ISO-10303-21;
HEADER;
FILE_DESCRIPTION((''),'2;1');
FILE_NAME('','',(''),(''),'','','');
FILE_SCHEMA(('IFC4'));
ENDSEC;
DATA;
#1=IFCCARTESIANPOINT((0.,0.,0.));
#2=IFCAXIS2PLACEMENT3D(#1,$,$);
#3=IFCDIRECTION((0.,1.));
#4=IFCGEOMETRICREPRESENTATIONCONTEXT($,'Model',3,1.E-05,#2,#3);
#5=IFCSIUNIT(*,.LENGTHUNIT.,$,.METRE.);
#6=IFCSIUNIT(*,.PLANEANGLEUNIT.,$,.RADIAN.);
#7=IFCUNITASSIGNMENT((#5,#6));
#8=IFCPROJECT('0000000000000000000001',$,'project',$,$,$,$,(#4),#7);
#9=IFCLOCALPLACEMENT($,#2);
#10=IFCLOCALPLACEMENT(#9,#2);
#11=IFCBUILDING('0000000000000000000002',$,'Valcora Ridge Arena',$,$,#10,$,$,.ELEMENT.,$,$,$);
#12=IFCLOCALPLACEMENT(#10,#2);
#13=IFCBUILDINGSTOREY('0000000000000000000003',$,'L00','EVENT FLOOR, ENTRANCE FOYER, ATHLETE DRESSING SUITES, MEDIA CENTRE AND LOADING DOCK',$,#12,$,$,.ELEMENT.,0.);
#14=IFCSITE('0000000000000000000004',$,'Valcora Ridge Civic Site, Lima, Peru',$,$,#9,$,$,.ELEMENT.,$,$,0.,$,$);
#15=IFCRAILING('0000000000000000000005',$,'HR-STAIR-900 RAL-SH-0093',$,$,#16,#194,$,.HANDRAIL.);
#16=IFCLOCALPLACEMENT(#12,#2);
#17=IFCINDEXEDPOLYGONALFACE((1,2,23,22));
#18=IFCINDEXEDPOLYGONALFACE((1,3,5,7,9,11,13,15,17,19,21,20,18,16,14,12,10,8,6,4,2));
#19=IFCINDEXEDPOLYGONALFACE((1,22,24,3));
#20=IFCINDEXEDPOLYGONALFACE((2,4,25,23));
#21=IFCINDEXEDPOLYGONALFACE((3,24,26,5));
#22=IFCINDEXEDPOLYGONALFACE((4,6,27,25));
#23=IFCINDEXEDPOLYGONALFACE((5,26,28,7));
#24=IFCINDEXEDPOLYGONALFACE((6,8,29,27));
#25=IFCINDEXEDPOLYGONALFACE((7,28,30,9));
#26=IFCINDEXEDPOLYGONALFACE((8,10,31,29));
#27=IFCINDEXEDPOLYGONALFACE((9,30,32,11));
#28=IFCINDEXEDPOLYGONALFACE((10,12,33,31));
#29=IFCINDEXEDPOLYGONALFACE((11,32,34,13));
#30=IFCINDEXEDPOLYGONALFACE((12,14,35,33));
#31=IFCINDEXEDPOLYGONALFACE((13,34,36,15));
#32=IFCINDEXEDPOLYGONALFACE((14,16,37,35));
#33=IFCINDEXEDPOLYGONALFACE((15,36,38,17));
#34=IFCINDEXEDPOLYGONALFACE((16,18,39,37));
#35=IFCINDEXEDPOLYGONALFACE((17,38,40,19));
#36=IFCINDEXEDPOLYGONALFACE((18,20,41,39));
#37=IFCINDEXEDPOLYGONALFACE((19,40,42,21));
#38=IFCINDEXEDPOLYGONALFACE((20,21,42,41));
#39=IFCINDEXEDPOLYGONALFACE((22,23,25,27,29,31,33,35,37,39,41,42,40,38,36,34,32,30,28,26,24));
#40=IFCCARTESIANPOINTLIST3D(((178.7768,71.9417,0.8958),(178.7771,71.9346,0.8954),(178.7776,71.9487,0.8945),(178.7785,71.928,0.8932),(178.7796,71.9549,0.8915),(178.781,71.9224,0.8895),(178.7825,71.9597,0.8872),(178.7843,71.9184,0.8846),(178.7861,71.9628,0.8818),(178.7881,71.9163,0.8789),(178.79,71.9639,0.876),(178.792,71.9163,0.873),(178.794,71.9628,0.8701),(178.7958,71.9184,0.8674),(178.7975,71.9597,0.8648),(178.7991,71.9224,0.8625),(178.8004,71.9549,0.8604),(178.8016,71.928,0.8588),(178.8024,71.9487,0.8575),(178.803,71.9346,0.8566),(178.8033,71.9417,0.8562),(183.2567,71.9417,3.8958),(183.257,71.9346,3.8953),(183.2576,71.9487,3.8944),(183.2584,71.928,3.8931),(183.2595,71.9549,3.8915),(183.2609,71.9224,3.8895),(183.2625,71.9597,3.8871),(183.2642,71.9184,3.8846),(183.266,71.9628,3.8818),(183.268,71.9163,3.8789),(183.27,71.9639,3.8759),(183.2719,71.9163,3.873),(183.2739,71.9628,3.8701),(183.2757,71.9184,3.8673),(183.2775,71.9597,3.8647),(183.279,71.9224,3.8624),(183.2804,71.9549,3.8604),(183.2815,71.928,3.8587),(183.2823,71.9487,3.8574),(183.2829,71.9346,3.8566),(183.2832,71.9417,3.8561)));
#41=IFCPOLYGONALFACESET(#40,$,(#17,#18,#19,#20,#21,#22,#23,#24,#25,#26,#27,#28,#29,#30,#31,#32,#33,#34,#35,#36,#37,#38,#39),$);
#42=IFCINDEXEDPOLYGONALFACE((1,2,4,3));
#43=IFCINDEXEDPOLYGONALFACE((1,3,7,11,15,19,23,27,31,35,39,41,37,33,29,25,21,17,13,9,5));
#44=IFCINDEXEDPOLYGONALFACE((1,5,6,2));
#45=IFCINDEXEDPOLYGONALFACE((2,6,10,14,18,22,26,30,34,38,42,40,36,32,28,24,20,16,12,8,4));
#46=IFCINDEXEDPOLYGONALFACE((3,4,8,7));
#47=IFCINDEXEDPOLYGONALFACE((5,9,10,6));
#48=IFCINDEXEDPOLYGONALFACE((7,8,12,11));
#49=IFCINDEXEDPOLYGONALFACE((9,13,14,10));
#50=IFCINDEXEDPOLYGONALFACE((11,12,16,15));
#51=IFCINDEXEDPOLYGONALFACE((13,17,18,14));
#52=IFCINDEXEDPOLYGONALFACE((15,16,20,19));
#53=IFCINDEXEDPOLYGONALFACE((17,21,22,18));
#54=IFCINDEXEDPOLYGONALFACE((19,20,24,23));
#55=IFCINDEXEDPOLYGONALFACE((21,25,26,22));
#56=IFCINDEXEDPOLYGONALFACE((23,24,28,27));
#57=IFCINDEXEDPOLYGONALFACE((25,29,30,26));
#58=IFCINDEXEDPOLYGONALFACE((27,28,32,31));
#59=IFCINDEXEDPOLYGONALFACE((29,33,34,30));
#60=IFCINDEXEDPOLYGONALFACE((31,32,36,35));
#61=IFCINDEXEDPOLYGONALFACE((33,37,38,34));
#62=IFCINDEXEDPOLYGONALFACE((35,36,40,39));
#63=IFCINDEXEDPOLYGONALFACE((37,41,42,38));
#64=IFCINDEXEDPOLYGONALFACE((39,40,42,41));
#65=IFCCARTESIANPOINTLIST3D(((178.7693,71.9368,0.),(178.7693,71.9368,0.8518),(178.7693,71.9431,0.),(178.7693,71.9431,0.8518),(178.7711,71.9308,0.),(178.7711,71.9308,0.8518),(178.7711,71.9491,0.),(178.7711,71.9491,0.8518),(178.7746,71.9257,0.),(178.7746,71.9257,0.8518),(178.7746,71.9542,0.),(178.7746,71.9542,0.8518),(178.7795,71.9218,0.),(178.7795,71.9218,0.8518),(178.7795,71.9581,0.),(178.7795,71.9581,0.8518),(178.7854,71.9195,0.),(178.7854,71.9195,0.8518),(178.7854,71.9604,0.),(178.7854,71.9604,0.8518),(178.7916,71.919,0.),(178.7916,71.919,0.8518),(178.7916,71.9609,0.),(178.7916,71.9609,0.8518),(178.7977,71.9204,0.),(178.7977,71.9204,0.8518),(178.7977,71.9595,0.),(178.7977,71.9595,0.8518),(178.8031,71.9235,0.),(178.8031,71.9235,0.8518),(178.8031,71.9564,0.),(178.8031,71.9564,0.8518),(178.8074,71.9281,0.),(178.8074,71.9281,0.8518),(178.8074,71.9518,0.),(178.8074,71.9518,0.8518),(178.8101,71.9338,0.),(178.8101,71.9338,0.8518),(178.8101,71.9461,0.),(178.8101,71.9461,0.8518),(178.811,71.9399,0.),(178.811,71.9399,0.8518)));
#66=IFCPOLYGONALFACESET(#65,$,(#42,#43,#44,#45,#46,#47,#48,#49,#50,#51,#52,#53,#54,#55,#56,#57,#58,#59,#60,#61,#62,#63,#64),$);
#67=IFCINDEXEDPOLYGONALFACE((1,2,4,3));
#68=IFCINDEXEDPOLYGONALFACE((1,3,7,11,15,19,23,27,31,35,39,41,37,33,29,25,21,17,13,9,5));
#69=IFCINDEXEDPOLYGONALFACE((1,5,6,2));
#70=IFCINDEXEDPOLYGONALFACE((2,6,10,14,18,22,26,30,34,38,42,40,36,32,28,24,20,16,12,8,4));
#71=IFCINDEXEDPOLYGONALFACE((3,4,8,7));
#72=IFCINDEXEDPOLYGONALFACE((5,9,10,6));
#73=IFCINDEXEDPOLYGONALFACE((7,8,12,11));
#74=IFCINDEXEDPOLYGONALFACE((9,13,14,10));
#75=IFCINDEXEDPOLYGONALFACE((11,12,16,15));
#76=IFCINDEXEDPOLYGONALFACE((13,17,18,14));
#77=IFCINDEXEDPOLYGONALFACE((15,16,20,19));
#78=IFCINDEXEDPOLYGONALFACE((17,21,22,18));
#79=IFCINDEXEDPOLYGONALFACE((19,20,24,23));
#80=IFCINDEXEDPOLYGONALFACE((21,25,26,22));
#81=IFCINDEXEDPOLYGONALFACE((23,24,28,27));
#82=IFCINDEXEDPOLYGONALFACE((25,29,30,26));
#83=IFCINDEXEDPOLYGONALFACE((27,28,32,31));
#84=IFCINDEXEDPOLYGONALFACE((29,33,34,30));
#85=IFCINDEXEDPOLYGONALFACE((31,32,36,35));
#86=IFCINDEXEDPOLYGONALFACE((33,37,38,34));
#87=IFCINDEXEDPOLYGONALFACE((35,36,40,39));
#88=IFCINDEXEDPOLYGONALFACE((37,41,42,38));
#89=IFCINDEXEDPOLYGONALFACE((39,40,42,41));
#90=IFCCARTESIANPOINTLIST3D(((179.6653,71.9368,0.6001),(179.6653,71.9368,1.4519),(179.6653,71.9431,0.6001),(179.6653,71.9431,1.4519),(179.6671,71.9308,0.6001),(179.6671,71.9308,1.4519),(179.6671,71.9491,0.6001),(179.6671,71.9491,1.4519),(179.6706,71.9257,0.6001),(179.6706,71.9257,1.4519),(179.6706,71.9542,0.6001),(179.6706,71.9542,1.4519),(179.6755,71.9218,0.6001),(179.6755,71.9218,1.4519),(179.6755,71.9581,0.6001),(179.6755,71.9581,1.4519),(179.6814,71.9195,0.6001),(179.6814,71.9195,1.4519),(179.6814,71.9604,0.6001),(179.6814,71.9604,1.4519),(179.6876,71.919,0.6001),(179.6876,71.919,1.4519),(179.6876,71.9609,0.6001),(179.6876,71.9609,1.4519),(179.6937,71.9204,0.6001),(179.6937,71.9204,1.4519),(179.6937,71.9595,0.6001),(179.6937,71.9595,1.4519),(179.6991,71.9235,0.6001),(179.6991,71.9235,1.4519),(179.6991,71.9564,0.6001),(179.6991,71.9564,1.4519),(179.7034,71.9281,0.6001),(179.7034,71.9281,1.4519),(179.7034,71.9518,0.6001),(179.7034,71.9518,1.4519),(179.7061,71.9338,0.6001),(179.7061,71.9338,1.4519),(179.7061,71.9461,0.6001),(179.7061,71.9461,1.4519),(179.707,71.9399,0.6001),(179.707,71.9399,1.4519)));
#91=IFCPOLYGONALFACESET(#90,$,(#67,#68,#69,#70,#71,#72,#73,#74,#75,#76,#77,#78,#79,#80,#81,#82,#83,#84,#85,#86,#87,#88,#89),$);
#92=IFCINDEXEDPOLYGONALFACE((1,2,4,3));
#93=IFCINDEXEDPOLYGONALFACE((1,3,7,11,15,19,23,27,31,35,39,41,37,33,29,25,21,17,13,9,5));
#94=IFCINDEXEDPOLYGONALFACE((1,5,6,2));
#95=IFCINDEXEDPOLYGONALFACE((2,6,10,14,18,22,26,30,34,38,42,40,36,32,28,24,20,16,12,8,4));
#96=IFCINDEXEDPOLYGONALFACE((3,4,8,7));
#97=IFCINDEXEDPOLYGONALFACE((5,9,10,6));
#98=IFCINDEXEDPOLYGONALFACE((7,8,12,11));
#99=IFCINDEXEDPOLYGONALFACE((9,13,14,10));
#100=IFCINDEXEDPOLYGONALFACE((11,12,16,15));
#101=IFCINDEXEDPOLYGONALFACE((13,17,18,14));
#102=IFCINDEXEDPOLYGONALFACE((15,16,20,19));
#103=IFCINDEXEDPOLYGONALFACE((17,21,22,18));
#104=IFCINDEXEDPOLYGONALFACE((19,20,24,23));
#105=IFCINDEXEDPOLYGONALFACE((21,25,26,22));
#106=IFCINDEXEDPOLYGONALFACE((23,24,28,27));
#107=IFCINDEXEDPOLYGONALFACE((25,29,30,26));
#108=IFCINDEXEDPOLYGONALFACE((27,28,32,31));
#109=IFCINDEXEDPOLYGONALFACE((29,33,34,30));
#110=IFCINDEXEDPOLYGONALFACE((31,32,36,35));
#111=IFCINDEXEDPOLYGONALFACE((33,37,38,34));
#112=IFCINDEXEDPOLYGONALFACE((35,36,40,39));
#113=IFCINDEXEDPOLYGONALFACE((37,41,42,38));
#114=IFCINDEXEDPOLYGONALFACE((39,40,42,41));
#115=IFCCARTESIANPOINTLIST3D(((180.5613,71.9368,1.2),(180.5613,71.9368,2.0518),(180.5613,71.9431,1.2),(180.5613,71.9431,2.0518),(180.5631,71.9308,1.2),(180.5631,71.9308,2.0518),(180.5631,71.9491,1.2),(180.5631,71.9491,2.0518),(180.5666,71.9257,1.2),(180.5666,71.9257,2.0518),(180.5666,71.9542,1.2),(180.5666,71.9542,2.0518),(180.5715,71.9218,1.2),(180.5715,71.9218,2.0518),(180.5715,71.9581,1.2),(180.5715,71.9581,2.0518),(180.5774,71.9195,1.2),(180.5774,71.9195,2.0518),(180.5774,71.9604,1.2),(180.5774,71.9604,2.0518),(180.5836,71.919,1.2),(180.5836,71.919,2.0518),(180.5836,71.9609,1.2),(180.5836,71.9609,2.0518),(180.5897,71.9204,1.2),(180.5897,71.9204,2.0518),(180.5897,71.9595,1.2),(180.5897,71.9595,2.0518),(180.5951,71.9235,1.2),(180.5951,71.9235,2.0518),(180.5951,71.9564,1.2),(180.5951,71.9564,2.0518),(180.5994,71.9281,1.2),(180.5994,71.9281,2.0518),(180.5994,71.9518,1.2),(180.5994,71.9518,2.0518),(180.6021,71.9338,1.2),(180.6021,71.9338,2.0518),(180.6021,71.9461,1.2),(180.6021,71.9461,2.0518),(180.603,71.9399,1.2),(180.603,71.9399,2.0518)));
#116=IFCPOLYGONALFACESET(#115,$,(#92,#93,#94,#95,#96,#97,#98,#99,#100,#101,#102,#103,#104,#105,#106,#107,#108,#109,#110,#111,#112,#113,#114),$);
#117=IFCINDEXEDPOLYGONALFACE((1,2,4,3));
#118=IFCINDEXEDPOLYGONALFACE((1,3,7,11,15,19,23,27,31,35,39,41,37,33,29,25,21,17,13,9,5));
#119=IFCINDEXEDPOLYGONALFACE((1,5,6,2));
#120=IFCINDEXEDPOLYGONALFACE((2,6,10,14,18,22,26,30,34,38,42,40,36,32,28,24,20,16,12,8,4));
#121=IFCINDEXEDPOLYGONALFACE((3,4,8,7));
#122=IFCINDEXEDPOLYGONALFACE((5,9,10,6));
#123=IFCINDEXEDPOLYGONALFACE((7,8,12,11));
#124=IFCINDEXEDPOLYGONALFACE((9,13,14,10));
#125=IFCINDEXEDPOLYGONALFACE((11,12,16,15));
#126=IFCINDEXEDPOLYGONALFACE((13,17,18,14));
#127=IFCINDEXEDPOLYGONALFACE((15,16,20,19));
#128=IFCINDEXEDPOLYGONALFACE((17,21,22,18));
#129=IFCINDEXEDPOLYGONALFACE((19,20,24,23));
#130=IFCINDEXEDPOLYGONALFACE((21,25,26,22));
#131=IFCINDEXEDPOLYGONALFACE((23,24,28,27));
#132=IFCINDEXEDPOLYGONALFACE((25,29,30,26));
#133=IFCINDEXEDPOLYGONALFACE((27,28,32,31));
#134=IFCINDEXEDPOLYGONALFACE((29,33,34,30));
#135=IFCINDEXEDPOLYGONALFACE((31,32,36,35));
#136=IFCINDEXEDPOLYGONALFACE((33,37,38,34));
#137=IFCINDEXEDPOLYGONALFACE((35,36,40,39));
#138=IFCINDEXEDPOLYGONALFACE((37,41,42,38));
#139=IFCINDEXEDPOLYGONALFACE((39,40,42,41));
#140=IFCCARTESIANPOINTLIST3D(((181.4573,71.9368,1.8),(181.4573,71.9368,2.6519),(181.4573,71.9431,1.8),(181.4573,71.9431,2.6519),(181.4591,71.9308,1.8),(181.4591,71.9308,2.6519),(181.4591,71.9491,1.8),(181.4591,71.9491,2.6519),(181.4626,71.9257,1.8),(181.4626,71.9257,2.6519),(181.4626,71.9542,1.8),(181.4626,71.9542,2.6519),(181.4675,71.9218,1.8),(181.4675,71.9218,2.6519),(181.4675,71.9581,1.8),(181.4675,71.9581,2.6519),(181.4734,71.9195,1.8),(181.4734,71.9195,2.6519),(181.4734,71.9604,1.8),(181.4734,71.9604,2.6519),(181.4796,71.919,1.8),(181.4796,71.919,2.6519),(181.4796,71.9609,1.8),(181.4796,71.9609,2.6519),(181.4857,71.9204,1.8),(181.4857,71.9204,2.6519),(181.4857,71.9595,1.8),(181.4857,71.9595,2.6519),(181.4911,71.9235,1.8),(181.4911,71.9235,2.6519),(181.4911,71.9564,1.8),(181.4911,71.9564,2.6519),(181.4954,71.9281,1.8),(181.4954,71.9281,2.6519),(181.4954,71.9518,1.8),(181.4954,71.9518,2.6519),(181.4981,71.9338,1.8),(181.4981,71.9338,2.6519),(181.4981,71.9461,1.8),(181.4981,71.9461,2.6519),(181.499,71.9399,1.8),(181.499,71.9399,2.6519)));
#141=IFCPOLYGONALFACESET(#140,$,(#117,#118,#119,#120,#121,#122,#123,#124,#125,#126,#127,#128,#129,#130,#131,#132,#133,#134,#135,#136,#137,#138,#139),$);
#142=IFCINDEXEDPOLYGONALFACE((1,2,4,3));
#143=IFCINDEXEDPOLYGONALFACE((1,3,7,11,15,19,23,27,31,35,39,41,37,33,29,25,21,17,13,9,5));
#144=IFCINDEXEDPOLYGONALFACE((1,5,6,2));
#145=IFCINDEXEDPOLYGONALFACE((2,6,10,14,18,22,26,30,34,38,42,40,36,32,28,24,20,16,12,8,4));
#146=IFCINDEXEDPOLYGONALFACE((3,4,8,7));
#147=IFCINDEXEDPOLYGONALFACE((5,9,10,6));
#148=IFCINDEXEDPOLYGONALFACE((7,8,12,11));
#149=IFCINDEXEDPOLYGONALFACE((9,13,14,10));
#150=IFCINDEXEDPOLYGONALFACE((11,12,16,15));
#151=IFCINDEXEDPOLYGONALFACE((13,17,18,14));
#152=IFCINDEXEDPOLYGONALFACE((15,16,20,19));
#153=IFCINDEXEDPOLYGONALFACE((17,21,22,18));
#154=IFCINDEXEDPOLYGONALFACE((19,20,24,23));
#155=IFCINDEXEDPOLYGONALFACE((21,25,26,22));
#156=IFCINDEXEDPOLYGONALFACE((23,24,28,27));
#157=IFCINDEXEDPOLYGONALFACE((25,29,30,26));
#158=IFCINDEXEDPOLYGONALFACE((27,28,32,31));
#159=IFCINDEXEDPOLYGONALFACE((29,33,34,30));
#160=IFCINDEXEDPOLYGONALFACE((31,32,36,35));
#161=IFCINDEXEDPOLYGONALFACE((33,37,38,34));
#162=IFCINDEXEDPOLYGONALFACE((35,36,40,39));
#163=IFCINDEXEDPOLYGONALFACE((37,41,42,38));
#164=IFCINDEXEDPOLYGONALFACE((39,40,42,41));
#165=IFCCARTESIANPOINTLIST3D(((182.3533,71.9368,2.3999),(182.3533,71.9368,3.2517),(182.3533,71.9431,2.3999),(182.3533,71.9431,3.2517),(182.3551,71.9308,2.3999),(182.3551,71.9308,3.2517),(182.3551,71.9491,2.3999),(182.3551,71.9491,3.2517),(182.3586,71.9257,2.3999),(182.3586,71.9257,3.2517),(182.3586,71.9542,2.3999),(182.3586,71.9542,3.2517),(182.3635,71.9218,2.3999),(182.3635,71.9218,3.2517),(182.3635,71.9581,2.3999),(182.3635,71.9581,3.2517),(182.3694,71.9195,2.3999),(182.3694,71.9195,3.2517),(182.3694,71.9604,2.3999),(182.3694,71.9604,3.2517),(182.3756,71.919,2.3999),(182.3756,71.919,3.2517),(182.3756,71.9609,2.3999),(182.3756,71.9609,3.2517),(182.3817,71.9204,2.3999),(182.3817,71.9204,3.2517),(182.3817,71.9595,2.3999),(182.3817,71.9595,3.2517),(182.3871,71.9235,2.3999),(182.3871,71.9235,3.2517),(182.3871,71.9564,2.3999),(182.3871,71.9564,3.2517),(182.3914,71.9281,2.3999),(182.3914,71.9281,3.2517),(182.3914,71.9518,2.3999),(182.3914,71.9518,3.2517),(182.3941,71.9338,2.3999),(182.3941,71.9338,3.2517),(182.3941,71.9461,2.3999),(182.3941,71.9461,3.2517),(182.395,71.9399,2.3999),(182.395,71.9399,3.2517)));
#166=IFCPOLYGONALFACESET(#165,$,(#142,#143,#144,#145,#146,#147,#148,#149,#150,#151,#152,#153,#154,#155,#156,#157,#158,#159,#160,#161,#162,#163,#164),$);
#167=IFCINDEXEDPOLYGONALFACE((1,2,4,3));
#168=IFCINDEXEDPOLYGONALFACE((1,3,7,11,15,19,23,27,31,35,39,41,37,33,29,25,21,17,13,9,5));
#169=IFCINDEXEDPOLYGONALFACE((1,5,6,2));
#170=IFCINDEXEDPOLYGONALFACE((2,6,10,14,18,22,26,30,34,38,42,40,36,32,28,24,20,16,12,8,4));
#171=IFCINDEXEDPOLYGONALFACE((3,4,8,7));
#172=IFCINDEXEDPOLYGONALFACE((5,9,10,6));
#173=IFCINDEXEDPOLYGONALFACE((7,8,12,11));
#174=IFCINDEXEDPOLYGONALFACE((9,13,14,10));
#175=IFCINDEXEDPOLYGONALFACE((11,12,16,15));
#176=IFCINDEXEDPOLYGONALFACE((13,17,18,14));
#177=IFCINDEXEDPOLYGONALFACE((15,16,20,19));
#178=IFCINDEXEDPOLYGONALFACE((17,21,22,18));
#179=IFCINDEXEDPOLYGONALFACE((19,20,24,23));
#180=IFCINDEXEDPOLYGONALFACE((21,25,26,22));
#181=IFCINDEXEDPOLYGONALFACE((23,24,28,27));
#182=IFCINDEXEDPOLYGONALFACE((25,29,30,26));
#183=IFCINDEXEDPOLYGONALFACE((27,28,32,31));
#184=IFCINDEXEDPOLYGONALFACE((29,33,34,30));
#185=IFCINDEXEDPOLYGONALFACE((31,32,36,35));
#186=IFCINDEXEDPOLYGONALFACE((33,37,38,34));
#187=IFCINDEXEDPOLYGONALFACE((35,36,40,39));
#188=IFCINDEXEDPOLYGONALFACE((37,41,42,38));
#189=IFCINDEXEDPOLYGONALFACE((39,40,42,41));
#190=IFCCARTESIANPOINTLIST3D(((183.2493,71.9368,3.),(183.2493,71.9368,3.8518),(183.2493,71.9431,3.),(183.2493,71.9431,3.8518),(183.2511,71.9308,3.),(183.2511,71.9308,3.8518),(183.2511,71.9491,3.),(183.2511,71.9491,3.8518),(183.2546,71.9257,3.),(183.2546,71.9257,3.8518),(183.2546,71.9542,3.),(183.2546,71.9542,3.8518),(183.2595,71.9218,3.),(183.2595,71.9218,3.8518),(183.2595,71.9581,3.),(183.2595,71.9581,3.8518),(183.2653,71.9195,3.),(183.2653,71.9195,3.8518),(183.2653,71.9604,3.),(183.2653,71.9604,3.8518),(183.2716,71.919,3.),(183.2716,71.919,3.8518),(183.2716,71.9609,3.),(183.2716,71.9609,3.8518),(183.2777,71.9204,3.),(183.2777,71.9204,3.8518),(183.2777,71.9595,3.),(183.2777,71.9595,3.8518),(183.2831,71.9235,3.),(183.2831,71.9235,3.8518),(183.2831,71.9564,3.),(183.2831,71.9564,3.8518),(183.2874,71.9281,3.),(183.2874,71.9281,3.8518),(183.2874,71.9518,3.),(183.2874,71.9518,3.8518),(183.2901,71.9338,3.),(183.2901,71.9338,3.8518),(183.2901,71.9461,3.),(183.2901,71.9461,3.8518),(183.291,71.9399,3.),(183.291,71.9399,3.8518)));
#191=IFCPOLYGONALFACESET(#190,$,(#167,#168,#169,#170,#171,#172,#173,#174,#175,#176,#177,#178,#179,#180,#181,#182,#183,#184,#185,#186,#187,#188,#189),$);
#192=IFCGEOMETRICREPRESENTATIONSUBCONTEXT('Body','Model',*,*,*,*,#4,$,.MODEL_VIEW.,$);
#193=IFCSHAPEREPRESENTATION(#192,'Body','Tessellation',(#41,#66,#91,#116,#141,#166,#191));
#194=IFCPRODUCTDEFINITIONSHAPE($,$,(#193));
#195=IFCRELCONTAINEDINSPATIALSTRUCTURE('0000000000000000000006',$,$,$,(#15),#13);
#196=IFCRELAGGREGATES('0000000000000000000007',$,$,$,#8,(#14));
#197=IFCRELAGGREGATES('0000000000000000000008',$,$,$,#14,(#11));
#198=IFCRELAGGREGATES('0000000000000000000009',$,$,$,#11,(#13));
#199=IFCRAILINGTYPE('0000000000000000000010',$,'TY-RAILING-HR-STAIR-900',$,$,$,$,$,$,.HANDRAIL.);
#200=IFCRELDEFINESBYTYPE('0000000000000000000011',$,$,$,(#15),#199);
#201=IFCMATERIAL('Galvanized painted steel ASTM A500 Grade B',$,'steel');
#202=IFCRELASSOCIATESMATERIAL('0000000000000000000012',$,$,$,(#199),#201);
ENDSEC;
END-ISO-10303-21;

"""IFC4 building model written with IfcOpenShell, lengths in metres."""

from ifc_helpers import new_model, si_unit, direction, frame, origin, origin_2d, place, context, subcontext, project, spatial, circle, extrude, material, type_object, element, save


model = new_model("IFC4")

# Units and contexts
model_context = context("Model", 3, precision=1e-05, world=origin(), true_north=direction((0.0, 1.0)))
body_context = subcontext(model_context, "Body", "Model", "MODEL_VIEW")
ifc_project = project(units=[si_unit("LENGTHUNIT", "METRE"), si_unit("PLANEANGLEUNIT", "RADIAN")], contexts=[model_context])

# Site, building, storey
site_placement = place(None, origin())
site = spatial("IfcSite", under=ifc_project, at=site_placement, Name="Valcora Ridge Civic Site, Lima, Peru", CompositionType="ELEMENT", RefElevation=0.0)
building_placement = place(site_placement, origin())
building = spatial("IfcBuilding", under=site, at=building_placement, Name="Valcora Ridge Arena", CompositionType="ELEMENT")
storey_placement = place(building_placement, origin())
storey = spatial("IfcBuildingStorey", under=building, at=storey_placement, Name="L00", Description="EVENT FLOOR, ENTRANCE FOYER, ATHLETE DRESSING SUITES, MEDIA CENTRE AND LOADING DOCK", CompositionType="ELEMENT", Elevation=0.0)

# Railing
ifc_material_1 = material(Name="Galvanized painted steel ASTM A500 Grade B", Category="steel")
railing_type_1 = type_object("IfcRailingType", Name="TY-RAILING-HR-STAIR-900", PredefinedType="HANDRAIL", material=ifc_material_1)
railing_1_placement = place(storey_placement, frame((178.79, 71.9399, 0.0)))
element("IfcRailing", 1, at=railing_1_placement, inside=storey, type_object=railing_type_1, Name="HR-STAIR-900 RAL-SH-0093", PredefinedType="HANDRAIL", context=body_context, shape_type="SweptSolid", body=[
    extrude(circle(Radius=0.0239, at=origin_2d()), frame((0.0, 0.0, 0.876), z_axis=(0.830906, 0.0, 0.556413), x_axis=(0.0, 1.0, 0.0)), (0.0, 0.0, 1.0), 5.3916),
    extrude(circle(Radius=0.021, at=origin_2d()), origin(), (0.0, 0.0, 1.0), 0.8518),
    extrude(circle(Radius=0.021, at=origin_2d()), frame((0.896, 0.0, 0.6001)), (0.0, 0.0, 1.0), 0.8518),
    extrude(circle(Radius=0.021, at=origin_2d()), frame((1.792, 0.0, 1.2)), (0.0, 0.0, 1.0), 0.8518),
    extrude(circle(Radius=0.021, at=origin_2d()), frame((2.688, 0.0, 1.8)), (0.0, 0.0, 1.0), 0.8518),
    extrude(circle(Radius=0.021, at=origin_2d()), frame((3.584, 0.0, 2.3999)), (0.0, 0.0, 1.0), 0.8518),
    extrude(circle(Radius=0.021, at=origin_2d()), frame((4.48, 0.0, 3.0)), (0.0, 0.0, 1.0), 0.8518),
])

save(model, "model.ifc")
